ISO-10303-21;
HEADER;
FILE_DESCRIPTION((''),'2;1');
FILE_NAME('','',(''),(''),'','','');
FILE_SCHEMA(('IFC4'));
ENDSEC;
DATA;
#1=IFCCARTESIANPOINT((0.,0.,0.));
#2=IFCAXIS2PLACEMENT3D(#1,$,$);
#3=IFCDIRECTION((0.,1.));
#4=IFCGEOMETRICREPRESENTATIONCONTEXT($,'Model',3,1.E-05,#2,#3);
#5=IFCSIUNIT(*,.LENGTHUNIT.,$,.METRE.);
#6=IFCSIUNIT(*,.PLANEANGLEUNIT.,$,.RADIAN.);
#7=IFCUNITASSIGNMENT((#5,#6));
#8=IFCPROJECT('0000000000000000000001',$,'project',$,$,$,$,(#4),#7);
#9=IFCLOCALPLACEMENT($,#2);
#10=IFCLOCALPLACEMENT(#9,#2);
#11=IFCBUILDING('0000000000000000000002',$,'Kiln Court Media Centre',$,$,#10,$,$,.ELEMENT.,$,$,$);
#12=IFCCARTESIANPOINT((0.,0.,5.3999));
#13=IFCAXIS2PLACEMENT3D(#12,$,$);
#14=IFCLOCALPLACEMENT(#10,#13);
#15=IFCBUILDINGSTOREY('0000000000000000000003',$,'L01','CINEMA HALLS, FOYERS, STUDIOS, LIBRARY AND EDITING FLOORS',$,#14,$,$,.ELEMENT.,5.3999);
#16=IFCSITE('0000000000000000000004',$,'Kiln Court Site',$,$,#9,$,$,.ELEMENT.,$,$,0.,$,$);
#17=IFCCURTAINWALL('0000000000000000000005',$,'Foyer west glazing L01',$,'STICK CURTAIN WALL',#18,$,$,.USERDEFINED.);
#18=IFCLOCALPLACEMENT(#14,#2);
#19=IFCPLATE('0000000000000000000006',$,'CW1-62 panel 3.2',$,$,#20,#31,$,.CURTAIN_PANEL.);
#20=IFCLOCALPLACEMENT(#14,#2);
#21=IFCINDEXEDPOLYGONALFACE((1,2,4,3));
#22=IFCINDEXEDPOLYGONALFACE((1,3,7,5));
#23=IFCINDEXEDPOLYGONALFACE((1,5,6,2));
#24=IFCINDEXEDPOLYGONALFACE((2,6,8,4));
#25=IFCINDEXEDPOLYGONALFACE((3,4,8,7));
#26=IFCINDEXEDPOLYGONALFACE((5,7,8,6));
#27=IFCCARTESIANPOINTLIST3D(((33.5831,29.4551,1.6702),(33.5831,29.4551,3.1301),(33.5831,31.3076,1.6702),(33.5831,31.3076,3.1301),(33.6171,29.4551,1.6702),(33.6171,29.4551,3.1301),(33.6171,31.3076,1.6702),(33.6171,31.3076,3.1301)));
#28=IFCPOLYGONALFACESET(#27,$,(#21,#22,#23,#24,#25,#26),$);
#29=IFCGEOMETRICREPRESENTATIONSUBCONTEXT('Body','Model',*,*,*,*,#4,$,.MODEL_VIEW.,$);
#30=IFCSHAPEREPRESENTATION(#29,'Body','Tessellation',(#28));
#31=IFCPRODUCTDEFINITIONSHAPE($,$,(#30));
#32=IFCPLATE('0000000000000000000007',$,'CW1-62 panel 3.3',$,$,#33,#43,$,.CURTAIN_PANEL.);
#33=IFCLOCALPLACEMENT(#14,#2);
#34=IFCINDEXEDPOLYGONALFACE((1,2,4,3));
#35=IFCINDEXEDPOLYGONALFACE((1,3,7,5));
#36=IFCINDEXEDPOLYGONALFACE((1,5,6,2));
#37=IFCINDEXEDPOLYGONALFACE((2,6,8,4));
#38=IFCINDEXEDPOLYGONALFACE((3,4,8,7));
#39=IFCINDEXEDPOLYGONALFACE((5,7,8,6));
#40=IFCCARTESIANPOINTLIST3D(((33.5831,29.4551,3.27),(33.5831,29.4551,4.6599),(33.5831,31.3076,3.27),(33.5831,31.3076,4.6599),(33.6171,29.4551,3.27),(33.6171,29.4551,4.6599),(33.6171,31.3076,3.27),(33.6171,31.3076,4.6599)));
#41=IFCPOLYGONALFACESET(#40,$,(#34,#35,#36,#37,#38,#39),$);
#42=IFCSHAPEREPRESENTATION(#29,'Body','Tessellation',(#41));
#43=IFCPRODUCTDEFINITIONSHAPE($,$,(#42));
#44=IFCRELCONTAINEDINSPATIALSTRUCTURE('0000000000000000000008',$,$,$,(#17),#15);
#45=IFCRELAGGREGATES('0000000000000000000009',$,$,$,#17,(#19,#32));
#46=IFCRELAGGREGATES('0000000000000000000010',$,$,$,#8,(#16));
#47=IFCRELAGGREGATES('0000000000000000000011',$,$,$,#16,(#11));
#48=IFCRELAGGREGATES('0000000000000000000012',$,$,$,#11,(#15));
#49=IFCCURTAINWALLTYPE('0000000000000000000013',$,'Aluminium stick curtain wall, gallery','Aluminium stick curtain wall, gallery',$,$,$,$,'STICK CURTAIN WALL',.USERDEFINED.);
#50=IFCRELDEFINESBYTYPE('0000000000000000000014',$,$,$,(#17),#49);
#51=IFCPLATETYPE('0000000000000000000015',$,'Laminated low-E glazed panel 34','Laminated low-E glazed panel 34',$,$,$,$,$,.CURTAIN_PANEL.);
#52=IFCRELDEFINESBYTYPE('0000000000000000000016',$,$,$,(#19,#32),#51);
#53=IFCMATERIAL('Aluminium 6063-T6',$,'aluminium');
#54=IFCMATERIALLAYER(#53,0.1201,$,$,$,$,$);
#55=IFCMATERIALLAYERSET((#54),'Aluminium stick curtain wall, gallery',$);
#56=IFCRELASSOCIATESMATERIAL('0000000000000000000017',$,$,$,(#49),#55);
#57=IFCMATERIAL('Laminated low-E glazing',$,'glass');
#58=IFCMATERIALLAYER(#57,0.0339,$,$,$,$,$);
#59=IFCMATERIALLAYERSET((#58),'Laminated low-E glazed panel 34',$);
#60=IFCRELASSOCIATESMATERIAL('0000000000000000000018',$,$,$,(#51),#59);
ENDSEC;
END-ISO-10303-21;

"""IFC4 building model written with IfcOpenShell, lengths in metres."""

from ifc_helpers import new_model, si_unit, direction, frame, origin, origin_2d, place, context, subcontext, project, spatial, rectangle, extrude, material, layer, layer_set, type_object, element, aggregate, save


model = new_model("IFC4")

# Units and contexts
model_context = context("Model", 3, precision=1e-05, world=origin(), true_north=direction((0.0, 1.0)))
body_context = subcontext(model_context, "Body", "Model", "MODEL_VIEW")
ifc_project = project(units=[si_unit("LENGTHUNIT", "METRE"), si_unit("PLANEANGLEUNIT", "RADIAN")], contexts=[model_context])

# Site, building, storey
site_placement = place(None, origin())
site = spatial("IfcSite", under=ifc_project, at=site_placement, Name="Kiln Court Site", CompositionType="ELEMENT", RefElevation=0.0)
building_placement = place(site_placement, origin())
building = spatial("IfcBuilding", under=site, at=building_placement, Name="Kiln Court Media Centre", CompositionType="ELEMENT")
storey_placement = place(building_placement, frame((0.0, 0.0, 5.3999)))
storey = spatial("IfcBuildingStorey", under=building, at=storey_placement, Name="L01", Description="CINEMA HALLS, FOYERS, STUDIOS, LIBRARY AND EDITING FLOORS", CompositionType="ELEMENT", Elevation=5.3999)

# Curtain wall
ifc_material_1 = material(Name="Aluminium 6063-T6", Category="aluminium")
ifc_layer_1 = layer(ifc_material_1, 0.1201)
ifc_layer_set_1 = layer_set([ifc_layer_1], Name="Aluminium stick curtain wall, gallery")
curtain_wall_type_1 = type_object("IfcCurtainWallType", Name="Aluminium stick curtain wall, gallery", Description="Aluminium stick curtain wall, gallery", ElementType="STICK CURTAIN WALL", PredefinedType="USERDEFINED", material=ifc_layer_set_1)
curtain_wall_1_placement = place(storey_placement, origin())
curtain_wall_1 = element("IfcCurtainWall", 1, at=curtain_wall_1_placement, inside=storey, type_object=curtain_wall_type_1, Name="Foyer west glazing L01", ObjectType="STICK CURTAIN WALL", PredefinedType="USERDEFINED")

# Plates
ifc_material_2 = material(Name="Laminated low-E glazing", Category="glass")
ifc_layer_2 = layer(ifc_material_2, 0.0339)
ifc_layer_set_2 = layer_set([ifc_layer_2], Name="Laminated low-E glazed panel 34")
plate_type = type_object("IfcPlateType", Name="Laminated low-E glazed panel 34", Description="Laminated low-E glazed panel 34", PredefinedType="CURTAIN_PANEL", material=ifc_layer_set_2)
plate_1_placement = place(storey_placement, frame((33.6001, 30.3813, 1.6702), z_axis=(0.0, 0.0, 1.0), x_axis=(0.0, 1.0, 0.0)))
plate_1 = element("IfcPlate", 2, at=plate_1_placement, type_object=plate_type, Name="CW1-62 panel 3.2", PredefinedType="CURTAIN_PANEL", context=body_context, shape_type="SweptSolid", body=[
    extrude(rectangle(XDim=1.8525, YDim=0.0339, at=origin_2d()), origin(), (0.0, 0.0, 1.0), 1.46),
])
plate_2_placement = place(storey_placement, frame((33.6001, 30.3813, 3.27), z_axis=(0.0, 0.0, 1.0), x_axis=(0.0, 1.0, 0.0)))
plate_2 = element("IfcPlate", 3, at=plate_2_placement, type_object=plate_type, Name="CW1-62 panel 3.3", PredefinedType="CURTAIN_PANEL", context=body_context, shape_type="SweptSolid", body=[
    extrude(rectangle(XDim=1.8525, YDim=0.0339, at=origin_2d()), origin(), (0.0, 0.0, 1.0), 1.3899),
])
aggregate(curtain_wall_1, [plate_1, plate_2])

save(model, "model.ifc")
